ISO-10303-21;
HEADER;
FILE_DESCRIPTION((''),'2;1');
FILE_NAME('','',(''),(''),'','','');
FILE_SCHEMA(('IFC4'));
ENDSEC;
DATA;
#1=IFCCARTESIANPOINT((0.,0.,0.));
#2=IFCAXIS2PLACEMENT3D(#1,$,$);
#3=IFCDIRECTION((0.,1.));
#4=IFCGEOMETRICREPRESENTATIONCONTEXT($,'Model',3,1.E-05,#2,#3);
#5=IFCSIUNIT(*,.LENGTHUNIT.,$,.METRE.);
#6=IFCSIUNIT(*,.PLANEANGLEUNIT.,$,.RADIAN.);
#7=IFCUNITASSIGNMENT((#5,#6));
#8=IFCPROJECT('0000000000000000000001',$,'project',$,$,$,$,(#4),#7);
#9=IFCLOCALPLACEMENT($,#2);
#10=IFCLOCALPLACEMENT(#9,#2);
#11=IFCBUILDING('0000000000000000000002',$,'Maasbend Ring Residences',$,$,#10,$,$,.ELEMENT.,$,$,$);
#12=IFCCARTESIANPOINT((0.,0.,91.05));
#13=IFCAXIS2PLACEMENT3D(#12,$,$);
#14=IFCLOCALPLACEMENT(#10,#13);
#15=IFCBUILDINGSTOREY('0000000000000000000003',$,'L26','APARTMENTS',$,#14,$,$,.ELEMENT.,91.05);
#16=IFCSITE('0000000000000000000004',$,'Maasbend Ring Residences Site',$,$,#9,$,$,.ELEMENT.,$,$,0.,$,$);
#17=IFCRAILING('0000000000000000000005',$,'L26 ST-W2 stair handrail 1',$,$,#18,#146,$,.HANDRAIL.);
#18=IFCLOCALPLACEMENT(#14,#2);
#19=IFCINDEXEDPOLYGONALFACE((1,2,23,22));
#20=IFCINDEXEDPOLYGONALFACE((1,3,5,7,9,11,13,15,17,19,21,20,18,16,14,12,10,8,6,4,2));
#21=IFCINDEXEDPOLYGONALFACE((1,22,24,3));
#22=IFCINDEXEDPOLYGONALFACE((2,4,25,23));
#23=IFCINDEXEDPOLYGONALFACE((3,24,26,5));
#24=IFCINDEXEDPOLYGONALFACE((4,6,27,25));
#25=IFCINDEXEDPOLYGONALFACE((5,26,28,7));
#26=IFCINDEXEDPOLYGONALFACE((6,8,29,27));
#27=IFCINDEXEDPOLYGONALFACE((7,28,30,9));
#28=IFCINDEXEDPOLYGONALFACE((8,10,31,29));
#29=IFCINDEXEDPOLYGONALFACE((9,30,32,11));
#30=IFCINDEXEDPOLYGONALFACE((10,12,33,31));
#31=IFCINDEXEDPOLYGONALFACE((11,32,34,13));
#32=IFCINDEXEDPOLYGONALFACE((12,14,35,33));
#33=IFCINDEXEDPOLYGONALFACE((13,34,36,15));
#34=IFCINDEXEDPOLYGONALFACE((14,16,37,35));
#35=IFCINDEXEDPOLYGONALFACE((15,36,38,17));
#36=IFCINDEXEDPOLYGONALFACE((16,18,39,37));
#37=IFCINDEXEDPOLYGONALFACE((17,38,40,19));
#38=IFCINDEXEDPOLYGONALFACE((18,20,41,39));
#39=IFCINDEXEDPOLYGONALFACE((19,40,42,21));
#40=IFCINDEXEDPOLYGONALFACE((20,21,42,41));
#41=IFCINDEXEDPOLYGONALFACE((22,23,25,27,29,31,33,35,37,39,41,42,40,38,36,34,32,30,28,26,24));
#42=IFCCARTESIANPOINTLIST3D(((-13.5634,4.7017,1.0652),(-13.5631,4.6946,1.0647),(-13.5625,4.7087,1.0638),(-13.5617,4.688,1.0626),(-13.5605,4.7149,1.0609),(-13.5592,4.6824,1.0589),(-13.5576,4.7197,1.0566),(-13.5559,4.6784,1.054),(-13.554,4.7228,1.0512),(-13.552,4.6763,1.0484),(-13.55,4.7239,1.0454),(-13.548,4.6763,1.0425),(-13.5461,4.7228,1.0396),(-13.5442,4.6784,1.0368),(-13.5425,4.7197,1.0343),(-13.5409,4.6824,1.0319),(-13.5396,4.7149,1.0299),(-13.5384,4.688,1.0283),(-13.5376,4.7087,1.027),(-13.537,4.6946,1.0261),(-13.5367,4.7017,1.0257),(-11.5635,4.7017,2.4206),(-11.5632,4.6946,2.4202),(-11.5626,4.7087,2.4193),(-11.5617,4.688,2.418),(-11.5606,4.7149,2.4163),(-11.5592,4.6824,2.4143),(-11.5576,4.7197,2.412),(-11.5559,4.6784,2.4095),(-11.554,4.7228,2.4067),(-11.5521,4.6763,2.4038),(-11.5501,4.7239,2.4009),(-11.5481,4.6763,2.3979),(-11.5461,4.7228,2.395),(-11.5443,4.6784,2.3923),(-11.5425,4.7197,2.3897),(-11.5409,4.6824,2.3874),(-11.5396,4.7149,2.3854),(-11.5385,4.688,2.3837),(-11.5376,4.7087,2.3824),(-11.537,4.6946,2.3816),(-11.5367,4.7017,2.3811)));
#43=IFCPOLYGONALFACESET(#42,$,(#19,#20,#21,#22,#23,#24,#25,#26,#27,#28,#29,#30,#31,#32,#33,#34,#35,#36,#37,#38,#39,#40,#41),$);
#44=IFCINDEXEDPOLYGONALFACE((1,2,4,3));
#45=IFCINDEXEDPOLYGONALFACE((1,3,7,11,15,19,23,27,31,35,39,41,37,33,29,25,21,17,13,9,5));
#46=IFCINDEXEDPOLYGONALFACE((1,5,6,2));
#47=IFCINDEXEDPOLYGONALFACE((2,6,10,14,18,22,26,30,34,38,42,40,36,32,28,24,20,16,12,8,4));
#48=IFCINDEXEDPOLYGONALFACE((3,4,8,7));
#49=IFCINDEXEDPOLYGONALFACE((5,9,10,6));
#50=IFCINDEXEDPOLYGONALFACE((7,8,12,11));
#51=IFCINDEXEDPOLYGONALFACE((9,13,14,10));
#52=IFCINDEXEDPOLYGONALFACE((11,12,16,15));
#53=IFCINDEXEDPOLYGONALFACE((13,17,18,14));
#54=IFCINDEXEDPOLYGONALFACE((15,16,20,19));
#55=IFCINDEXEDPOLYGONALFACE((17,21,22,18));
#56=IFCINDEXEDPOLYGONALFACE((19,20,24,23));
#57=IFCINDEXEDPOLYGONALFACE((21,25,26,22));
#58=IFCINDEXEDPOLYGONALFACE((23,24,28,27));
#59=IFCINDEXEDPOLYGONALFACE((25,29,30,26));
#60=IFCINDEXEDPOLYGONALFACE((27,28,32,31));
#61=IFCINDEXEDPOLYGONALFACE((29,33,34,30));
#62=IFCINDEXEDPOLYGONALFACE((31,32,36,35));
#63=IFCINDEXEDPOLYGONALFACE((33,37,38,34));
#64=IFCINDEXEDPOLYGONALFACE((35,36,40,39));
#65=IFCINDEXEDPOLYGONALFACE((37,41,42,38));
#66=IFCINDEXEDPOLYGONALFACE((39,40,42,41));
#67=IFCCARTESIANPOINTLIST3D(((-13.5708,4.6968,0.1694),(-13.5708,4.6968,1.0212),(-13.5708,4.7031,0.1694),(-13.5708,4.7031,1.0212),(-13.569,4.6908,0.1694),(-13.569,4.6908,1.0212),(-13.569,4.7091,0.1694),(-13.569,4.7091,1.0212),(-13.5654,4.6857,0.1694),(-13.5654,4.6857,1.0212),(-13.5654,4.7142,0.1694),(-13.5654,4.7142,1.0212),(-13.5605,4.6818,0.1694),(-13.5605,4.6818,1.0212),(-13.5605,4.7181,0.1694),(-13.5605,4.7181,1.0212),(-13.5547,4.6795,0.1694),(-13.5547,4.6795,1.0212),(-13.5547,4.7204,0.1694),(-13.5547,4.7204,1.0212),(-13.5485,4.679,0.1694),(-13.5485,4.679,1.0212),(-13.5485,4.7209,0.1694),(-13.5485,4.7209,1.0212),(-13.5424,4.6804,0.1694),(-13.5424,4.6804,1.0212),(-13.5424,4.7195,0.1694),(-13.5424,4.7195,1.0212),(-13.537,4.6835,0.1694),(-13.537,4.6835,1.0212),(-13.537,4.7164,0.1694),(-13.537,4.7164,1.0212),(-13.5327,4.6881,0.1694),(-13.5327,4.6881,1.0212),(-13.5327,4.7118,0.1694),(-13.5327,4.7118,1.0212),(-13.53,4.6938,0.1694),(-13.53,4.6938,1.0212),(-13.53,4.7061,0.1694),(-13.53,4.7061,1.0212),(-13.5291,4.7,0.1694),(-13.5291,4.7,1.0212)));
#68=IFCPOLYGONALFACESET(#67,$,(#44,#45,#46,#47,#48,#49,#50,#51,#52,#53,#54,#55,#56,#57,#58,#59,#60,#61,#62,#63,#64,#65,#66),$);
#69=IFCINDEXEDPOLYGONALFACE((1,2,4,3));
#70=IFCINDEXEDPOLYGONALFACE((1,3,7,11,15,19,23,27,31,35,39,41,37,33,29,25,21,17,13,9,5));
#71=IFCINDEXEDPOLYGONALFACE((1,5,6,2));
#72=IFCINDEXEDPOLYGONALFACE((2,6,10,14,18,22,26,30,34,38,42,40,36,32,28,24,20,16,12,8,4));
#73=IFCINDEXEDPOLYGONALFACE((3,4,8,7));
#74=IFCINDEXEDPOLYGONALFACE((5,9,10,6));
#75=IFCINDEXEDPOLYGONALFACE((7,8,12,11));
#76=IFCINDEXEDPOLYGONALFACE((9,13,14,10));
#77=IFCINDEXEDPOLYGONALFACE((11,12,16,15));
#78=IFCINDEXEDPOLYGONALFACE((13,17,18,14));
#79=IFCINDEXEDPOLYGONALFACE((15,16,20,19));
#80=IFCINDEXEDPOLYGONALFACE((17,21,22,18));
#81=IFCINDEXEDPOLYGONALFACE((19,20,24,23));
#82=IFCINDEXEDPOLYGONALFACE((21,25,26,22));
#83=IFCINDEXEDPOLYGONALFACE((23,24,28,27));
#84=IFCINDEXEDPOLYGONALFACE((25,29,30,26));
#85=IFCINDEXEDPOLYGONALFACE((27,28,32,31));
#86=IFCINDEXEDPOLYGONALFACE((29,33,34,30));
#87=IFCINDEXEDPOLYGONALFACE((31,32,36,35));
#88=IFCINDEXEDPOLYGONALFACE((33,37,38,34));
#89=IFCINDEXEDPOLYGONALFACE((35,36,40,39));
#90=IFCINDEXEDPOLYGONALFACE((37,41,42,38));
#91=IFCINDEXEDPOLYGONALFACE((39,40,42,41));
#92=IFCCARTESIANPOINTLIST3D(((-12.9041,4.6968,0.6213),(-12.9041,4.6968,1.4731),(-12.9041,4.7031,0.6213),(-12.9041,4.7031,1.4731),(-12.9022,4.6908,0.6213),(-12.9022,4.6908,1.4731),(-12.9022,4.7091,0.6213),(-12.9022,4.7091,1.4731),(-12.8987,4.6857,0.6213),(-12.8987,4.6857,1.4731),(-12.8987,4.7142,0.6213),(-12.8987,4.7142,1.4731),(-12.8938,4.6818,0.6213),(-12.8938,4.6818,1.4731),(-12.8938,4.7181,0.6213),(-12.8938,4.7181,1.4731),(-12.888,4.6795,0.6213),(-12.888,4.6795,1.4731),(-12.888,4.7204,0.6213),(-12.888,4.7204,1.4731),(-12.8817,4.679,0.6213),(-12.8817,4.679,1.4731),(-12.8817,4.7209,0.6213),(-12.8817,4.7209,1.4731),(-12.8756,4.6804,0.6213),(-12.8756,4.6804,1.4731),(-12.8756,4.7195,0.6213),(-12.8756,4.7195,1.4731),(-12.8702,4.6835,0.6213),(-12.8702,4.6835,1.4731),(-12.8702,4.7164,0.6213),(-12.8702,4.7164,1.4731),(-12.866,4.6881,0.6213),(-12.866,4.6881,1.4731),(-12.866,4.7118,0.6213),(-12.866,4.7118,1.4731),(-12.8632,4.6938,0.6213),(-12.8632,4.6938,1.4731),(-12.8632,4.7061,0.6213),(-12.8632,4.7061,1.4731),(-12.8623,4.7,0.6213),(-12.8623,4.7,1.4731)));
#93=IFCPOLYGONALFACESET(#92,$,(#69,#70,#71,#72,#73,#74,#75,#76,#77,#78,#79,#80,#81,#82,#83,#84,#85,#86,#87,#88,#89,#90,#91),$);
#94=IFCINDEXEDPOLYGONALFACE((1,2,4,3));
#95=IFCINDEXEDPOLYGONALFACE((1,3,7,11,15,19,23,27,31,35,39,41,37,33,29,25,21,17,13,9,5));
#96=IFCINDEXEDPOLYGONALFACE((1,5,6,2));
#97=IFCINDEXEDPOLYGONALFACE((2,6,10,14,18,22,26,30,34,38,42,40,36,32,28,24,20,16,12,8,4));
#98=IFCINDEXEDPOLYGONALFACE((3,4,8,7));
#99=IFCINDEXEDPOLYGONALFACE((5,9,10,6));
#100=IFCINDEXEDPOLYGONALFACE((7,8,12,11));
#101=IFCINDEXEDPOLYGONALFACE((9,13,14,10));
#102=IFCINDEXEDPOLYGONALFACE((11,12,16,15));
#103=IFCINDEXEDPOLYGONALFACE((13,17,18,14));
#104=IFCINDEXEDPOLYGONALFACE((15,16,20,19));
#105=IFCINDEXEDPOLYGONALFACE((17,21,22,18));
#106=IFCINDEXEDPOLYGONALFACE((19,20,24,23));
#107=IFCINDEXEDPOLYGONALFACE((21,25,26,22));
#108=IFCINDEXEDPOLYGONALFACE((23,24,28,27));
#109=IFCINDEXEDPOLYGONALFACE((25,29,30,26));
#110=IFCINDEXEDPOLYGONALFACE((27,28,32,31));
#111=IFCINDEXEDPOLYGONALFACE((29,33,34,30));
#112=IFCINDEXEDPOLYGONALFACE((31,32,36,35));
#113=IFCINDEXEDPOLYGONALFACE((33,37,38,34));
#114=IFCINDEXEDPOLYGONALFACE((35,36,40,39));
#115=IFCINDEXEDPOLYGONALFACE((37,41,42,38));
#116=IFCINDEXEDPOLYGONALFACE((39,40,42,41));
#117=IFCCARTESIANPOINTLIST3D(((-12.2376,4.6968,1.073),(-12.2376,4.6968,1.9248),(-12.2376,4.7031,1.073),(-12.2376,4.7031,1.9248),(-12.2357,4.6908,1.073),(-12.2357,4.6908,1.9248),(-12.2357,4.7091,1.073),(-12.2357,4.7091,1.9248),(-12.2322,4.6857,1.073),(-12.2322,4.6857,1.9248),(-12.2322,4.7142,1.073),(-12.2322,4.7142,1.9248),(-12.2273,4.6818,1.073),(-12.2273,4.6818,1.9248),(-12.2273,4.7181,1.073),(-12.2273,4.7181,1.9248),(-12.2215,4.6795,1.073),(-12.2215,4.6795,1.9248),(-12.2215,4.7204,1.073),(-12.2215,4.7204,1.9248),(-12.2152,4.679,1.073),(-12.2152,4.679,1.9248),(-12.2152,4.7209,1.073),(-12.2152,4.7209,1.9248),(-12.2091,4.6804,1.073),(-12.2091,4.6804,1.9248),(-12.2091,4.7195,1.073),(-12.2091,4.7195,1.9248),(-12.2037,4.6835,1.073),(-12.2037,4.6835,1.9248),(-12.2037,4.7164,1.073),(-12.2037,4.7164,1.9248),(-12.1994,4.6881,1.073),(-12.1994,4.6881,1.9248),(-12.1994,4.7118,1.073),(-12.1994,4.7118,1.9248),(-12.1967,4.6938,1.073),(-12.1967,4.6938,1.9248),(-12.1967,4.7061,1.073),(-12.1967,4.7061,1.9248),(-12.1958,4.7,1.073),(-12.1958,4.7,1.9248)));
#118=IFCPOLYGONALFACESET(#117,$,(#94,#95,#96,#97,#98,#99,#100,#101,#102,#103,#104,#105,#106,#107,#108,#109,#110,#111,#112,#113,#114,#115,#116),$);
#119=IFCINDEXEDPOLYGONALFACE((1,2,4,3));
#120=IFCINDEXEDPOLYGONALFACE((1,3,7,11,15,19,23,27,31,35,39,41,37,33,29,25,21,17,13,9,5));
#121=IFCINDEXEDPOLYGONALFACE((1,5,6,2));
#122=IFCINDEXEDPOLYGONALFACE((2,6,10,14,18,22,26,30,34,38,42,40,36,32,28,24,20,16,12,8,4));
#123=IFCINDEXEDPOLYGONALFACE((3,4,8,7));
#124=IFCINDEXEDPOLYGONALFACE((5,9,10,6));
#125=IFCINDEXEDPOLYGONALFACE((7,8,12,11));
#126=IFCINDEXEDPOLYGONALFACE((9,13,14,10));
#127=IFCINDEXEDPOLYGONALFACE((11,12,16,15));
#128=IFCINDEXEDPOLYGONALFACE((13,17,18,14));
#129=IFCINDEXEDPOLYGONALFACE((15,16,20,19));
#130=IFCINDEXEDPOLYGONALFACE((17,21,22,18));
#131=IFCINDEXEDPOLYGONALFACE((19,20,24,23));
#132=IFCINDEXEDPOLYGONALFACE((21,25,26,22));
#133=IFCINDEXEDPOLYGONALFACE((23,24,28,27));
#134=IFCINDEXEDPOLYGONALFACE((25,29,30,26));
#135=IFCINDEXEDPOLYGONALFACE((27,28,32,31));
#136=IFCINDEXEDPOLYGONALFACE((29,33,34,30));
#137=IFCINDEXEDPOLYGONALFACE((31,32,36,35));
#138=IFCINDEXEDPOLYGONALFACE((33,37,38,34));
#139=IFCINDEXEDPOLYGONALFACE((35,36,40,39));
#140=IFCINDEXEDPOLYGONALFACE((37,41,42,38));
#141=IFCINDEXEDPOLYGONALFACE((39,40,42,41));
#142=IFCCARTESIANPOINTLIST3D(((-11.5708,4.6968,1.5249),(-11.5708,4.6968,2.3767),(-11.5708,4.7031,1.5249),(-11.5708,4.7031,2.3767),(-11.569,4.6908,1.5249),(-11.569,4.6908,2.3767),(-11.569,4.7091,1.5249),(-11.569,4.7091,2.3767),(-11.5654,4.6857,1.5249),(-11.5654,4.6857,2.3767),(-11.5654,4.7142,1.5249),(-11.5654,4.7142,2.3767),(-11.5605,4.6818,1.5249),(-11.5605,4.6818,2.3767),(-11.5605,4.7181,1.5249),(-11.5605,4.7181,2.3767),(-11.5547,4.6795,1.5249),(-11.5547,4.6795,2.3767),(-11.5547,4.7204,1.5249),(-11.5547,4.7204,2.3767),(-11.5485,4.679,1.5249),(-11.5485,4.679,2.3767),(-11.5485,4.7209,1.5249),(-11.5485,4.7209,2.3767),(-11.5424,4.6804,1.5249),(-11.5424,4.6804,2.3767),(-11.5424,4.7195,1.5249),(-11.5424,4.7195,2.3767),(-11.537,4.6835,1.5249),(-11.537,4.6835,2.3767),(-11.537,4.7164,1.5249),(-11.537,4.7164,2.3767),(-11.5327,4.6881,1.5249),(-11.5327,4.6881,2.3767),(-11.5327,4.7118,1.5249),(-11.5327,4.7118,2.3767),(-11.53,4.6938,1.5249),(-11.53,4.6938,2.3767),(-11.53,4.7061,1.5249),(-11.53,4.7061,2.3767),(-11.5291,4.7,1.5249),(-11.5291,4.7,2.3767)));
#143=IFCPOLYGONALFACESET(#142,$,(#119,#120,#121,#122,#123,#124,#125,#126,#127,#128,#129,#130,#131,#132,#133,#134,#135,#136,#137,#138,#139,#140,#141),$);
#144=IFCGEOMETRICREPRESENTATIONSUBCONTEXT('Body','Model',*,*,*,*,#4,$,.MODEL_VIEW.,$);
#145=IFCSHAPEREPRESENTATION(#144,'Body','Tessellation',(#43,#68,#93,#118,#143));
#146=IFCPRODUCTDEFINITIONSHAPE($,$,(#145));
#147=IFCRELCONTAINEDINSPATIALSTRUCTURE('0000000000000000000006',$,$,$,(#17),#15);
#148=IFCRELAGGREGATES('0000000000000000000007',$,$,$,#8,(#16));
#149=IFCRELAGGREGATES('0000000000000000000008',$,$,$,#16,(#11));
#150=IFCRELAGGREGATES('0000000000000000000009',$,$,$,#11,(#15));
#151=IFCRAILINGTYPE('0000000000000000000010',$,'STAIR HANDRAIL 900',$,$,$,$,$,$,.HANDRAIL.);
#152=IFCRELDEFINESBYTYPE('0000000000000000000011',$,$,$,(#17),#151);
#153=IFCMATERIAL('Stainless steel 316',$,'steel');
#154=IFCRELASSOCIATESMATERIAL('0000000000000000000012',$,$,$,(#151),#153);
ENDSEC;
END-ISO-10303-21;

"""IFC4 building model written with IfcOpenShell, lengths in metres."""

from ifc_helpers import new_model, si_unit, direction, frame, origin, origin_2d, place, context, subcontext, project, spatial, circle, extrude, material, type_object, element, save


model = new_model("IFC4")

# Units and contexts
model_context = context("Model", 3, precision=1e-05, world=origin(), true_north=direction((0.0, 1.0)))
body_context = subcontext(model_context, "Body", "Model", "MODEL_VIEW")
ifc_project = project(units=[si_unit("LENGTHUNIT", "METRE"), si_unit("PLANEANGLEUNIT", "RADIAN")], contexts=[model_context])

# Site, building, storey
site_placement = place(None, origin())
site = spatial("IfcSite", under=ifc_project, at=site_placement, Name="Maasbend Ring Residences Site", CompositionType="ELEMENT", RefElevation=0.0)
building_placement = place(site_placement, origin())
building = spatial("IfcBuilding", under=site, at=building_placement, Name="Maasbend Ring Residences", CompositionType="ELEMENT")
storey_placement = place(building_placement, frame((0.0, 0.0, 91.05)))
storey = spatial("IfcBuildingStorey", under=building, at=storey_placement, Name="L26", Description="APARTMENTS", CompositionType="ELEMENT", Elevation=91.05)

# Railing
ifc_material_1 = material(Name="Stainless steel 316", Category="steel")
railing_type_1 = type_object("IfcRailingType", Name="STAIR HANDRAIL 900", PredefinedType="HANDRAIL", material=ifc_material_1)
railing_1_placement = place(storey_placement, frame((-13.55, 4.7, 0.1694)))
element("IfcRailing", 1, at=railing_1_placement, inside=storey, type_object=railing_type_1, Name="L26 ST-W2 stair handrail 1", PredefinedType="HANDRAIL", context=body_context, shape_type="SweptSolid", body=[
    extrude(circle(Radius=0.0239, at=origin_2d()), frame((0.0, 0.0, 0.876), z_axis=(0.827798, 0.0, 0.561027), x_axis=(0.0, 1.0, 0.0)), (0.0, 0.0, 1.0), 2.416),
    extrude(circle(Radius=0.021, at=origin_2d()), origin(), (0.0, 0.0, 1.0), 0.8518),
    extrude(circle(Radius=0.021, at=origin_2d()), frame((0.6667, 0.0, 0.4519)), (0.0, 0.0, 1.0), 0.8518),
    extrude(circle(Radius=0.021, at=origin_2d()), frame((1.3333, 0.0, 0.9036)), (0.0, 0.0, 1.0), 0.8518),
    extrude(circle(Radius=0.021, at=origin_2d()), frame((2.0, 0.0, 1.3555)), (0.0, 0.0, 1.0), 0.8518),
])

save(model, "model.ifc")
